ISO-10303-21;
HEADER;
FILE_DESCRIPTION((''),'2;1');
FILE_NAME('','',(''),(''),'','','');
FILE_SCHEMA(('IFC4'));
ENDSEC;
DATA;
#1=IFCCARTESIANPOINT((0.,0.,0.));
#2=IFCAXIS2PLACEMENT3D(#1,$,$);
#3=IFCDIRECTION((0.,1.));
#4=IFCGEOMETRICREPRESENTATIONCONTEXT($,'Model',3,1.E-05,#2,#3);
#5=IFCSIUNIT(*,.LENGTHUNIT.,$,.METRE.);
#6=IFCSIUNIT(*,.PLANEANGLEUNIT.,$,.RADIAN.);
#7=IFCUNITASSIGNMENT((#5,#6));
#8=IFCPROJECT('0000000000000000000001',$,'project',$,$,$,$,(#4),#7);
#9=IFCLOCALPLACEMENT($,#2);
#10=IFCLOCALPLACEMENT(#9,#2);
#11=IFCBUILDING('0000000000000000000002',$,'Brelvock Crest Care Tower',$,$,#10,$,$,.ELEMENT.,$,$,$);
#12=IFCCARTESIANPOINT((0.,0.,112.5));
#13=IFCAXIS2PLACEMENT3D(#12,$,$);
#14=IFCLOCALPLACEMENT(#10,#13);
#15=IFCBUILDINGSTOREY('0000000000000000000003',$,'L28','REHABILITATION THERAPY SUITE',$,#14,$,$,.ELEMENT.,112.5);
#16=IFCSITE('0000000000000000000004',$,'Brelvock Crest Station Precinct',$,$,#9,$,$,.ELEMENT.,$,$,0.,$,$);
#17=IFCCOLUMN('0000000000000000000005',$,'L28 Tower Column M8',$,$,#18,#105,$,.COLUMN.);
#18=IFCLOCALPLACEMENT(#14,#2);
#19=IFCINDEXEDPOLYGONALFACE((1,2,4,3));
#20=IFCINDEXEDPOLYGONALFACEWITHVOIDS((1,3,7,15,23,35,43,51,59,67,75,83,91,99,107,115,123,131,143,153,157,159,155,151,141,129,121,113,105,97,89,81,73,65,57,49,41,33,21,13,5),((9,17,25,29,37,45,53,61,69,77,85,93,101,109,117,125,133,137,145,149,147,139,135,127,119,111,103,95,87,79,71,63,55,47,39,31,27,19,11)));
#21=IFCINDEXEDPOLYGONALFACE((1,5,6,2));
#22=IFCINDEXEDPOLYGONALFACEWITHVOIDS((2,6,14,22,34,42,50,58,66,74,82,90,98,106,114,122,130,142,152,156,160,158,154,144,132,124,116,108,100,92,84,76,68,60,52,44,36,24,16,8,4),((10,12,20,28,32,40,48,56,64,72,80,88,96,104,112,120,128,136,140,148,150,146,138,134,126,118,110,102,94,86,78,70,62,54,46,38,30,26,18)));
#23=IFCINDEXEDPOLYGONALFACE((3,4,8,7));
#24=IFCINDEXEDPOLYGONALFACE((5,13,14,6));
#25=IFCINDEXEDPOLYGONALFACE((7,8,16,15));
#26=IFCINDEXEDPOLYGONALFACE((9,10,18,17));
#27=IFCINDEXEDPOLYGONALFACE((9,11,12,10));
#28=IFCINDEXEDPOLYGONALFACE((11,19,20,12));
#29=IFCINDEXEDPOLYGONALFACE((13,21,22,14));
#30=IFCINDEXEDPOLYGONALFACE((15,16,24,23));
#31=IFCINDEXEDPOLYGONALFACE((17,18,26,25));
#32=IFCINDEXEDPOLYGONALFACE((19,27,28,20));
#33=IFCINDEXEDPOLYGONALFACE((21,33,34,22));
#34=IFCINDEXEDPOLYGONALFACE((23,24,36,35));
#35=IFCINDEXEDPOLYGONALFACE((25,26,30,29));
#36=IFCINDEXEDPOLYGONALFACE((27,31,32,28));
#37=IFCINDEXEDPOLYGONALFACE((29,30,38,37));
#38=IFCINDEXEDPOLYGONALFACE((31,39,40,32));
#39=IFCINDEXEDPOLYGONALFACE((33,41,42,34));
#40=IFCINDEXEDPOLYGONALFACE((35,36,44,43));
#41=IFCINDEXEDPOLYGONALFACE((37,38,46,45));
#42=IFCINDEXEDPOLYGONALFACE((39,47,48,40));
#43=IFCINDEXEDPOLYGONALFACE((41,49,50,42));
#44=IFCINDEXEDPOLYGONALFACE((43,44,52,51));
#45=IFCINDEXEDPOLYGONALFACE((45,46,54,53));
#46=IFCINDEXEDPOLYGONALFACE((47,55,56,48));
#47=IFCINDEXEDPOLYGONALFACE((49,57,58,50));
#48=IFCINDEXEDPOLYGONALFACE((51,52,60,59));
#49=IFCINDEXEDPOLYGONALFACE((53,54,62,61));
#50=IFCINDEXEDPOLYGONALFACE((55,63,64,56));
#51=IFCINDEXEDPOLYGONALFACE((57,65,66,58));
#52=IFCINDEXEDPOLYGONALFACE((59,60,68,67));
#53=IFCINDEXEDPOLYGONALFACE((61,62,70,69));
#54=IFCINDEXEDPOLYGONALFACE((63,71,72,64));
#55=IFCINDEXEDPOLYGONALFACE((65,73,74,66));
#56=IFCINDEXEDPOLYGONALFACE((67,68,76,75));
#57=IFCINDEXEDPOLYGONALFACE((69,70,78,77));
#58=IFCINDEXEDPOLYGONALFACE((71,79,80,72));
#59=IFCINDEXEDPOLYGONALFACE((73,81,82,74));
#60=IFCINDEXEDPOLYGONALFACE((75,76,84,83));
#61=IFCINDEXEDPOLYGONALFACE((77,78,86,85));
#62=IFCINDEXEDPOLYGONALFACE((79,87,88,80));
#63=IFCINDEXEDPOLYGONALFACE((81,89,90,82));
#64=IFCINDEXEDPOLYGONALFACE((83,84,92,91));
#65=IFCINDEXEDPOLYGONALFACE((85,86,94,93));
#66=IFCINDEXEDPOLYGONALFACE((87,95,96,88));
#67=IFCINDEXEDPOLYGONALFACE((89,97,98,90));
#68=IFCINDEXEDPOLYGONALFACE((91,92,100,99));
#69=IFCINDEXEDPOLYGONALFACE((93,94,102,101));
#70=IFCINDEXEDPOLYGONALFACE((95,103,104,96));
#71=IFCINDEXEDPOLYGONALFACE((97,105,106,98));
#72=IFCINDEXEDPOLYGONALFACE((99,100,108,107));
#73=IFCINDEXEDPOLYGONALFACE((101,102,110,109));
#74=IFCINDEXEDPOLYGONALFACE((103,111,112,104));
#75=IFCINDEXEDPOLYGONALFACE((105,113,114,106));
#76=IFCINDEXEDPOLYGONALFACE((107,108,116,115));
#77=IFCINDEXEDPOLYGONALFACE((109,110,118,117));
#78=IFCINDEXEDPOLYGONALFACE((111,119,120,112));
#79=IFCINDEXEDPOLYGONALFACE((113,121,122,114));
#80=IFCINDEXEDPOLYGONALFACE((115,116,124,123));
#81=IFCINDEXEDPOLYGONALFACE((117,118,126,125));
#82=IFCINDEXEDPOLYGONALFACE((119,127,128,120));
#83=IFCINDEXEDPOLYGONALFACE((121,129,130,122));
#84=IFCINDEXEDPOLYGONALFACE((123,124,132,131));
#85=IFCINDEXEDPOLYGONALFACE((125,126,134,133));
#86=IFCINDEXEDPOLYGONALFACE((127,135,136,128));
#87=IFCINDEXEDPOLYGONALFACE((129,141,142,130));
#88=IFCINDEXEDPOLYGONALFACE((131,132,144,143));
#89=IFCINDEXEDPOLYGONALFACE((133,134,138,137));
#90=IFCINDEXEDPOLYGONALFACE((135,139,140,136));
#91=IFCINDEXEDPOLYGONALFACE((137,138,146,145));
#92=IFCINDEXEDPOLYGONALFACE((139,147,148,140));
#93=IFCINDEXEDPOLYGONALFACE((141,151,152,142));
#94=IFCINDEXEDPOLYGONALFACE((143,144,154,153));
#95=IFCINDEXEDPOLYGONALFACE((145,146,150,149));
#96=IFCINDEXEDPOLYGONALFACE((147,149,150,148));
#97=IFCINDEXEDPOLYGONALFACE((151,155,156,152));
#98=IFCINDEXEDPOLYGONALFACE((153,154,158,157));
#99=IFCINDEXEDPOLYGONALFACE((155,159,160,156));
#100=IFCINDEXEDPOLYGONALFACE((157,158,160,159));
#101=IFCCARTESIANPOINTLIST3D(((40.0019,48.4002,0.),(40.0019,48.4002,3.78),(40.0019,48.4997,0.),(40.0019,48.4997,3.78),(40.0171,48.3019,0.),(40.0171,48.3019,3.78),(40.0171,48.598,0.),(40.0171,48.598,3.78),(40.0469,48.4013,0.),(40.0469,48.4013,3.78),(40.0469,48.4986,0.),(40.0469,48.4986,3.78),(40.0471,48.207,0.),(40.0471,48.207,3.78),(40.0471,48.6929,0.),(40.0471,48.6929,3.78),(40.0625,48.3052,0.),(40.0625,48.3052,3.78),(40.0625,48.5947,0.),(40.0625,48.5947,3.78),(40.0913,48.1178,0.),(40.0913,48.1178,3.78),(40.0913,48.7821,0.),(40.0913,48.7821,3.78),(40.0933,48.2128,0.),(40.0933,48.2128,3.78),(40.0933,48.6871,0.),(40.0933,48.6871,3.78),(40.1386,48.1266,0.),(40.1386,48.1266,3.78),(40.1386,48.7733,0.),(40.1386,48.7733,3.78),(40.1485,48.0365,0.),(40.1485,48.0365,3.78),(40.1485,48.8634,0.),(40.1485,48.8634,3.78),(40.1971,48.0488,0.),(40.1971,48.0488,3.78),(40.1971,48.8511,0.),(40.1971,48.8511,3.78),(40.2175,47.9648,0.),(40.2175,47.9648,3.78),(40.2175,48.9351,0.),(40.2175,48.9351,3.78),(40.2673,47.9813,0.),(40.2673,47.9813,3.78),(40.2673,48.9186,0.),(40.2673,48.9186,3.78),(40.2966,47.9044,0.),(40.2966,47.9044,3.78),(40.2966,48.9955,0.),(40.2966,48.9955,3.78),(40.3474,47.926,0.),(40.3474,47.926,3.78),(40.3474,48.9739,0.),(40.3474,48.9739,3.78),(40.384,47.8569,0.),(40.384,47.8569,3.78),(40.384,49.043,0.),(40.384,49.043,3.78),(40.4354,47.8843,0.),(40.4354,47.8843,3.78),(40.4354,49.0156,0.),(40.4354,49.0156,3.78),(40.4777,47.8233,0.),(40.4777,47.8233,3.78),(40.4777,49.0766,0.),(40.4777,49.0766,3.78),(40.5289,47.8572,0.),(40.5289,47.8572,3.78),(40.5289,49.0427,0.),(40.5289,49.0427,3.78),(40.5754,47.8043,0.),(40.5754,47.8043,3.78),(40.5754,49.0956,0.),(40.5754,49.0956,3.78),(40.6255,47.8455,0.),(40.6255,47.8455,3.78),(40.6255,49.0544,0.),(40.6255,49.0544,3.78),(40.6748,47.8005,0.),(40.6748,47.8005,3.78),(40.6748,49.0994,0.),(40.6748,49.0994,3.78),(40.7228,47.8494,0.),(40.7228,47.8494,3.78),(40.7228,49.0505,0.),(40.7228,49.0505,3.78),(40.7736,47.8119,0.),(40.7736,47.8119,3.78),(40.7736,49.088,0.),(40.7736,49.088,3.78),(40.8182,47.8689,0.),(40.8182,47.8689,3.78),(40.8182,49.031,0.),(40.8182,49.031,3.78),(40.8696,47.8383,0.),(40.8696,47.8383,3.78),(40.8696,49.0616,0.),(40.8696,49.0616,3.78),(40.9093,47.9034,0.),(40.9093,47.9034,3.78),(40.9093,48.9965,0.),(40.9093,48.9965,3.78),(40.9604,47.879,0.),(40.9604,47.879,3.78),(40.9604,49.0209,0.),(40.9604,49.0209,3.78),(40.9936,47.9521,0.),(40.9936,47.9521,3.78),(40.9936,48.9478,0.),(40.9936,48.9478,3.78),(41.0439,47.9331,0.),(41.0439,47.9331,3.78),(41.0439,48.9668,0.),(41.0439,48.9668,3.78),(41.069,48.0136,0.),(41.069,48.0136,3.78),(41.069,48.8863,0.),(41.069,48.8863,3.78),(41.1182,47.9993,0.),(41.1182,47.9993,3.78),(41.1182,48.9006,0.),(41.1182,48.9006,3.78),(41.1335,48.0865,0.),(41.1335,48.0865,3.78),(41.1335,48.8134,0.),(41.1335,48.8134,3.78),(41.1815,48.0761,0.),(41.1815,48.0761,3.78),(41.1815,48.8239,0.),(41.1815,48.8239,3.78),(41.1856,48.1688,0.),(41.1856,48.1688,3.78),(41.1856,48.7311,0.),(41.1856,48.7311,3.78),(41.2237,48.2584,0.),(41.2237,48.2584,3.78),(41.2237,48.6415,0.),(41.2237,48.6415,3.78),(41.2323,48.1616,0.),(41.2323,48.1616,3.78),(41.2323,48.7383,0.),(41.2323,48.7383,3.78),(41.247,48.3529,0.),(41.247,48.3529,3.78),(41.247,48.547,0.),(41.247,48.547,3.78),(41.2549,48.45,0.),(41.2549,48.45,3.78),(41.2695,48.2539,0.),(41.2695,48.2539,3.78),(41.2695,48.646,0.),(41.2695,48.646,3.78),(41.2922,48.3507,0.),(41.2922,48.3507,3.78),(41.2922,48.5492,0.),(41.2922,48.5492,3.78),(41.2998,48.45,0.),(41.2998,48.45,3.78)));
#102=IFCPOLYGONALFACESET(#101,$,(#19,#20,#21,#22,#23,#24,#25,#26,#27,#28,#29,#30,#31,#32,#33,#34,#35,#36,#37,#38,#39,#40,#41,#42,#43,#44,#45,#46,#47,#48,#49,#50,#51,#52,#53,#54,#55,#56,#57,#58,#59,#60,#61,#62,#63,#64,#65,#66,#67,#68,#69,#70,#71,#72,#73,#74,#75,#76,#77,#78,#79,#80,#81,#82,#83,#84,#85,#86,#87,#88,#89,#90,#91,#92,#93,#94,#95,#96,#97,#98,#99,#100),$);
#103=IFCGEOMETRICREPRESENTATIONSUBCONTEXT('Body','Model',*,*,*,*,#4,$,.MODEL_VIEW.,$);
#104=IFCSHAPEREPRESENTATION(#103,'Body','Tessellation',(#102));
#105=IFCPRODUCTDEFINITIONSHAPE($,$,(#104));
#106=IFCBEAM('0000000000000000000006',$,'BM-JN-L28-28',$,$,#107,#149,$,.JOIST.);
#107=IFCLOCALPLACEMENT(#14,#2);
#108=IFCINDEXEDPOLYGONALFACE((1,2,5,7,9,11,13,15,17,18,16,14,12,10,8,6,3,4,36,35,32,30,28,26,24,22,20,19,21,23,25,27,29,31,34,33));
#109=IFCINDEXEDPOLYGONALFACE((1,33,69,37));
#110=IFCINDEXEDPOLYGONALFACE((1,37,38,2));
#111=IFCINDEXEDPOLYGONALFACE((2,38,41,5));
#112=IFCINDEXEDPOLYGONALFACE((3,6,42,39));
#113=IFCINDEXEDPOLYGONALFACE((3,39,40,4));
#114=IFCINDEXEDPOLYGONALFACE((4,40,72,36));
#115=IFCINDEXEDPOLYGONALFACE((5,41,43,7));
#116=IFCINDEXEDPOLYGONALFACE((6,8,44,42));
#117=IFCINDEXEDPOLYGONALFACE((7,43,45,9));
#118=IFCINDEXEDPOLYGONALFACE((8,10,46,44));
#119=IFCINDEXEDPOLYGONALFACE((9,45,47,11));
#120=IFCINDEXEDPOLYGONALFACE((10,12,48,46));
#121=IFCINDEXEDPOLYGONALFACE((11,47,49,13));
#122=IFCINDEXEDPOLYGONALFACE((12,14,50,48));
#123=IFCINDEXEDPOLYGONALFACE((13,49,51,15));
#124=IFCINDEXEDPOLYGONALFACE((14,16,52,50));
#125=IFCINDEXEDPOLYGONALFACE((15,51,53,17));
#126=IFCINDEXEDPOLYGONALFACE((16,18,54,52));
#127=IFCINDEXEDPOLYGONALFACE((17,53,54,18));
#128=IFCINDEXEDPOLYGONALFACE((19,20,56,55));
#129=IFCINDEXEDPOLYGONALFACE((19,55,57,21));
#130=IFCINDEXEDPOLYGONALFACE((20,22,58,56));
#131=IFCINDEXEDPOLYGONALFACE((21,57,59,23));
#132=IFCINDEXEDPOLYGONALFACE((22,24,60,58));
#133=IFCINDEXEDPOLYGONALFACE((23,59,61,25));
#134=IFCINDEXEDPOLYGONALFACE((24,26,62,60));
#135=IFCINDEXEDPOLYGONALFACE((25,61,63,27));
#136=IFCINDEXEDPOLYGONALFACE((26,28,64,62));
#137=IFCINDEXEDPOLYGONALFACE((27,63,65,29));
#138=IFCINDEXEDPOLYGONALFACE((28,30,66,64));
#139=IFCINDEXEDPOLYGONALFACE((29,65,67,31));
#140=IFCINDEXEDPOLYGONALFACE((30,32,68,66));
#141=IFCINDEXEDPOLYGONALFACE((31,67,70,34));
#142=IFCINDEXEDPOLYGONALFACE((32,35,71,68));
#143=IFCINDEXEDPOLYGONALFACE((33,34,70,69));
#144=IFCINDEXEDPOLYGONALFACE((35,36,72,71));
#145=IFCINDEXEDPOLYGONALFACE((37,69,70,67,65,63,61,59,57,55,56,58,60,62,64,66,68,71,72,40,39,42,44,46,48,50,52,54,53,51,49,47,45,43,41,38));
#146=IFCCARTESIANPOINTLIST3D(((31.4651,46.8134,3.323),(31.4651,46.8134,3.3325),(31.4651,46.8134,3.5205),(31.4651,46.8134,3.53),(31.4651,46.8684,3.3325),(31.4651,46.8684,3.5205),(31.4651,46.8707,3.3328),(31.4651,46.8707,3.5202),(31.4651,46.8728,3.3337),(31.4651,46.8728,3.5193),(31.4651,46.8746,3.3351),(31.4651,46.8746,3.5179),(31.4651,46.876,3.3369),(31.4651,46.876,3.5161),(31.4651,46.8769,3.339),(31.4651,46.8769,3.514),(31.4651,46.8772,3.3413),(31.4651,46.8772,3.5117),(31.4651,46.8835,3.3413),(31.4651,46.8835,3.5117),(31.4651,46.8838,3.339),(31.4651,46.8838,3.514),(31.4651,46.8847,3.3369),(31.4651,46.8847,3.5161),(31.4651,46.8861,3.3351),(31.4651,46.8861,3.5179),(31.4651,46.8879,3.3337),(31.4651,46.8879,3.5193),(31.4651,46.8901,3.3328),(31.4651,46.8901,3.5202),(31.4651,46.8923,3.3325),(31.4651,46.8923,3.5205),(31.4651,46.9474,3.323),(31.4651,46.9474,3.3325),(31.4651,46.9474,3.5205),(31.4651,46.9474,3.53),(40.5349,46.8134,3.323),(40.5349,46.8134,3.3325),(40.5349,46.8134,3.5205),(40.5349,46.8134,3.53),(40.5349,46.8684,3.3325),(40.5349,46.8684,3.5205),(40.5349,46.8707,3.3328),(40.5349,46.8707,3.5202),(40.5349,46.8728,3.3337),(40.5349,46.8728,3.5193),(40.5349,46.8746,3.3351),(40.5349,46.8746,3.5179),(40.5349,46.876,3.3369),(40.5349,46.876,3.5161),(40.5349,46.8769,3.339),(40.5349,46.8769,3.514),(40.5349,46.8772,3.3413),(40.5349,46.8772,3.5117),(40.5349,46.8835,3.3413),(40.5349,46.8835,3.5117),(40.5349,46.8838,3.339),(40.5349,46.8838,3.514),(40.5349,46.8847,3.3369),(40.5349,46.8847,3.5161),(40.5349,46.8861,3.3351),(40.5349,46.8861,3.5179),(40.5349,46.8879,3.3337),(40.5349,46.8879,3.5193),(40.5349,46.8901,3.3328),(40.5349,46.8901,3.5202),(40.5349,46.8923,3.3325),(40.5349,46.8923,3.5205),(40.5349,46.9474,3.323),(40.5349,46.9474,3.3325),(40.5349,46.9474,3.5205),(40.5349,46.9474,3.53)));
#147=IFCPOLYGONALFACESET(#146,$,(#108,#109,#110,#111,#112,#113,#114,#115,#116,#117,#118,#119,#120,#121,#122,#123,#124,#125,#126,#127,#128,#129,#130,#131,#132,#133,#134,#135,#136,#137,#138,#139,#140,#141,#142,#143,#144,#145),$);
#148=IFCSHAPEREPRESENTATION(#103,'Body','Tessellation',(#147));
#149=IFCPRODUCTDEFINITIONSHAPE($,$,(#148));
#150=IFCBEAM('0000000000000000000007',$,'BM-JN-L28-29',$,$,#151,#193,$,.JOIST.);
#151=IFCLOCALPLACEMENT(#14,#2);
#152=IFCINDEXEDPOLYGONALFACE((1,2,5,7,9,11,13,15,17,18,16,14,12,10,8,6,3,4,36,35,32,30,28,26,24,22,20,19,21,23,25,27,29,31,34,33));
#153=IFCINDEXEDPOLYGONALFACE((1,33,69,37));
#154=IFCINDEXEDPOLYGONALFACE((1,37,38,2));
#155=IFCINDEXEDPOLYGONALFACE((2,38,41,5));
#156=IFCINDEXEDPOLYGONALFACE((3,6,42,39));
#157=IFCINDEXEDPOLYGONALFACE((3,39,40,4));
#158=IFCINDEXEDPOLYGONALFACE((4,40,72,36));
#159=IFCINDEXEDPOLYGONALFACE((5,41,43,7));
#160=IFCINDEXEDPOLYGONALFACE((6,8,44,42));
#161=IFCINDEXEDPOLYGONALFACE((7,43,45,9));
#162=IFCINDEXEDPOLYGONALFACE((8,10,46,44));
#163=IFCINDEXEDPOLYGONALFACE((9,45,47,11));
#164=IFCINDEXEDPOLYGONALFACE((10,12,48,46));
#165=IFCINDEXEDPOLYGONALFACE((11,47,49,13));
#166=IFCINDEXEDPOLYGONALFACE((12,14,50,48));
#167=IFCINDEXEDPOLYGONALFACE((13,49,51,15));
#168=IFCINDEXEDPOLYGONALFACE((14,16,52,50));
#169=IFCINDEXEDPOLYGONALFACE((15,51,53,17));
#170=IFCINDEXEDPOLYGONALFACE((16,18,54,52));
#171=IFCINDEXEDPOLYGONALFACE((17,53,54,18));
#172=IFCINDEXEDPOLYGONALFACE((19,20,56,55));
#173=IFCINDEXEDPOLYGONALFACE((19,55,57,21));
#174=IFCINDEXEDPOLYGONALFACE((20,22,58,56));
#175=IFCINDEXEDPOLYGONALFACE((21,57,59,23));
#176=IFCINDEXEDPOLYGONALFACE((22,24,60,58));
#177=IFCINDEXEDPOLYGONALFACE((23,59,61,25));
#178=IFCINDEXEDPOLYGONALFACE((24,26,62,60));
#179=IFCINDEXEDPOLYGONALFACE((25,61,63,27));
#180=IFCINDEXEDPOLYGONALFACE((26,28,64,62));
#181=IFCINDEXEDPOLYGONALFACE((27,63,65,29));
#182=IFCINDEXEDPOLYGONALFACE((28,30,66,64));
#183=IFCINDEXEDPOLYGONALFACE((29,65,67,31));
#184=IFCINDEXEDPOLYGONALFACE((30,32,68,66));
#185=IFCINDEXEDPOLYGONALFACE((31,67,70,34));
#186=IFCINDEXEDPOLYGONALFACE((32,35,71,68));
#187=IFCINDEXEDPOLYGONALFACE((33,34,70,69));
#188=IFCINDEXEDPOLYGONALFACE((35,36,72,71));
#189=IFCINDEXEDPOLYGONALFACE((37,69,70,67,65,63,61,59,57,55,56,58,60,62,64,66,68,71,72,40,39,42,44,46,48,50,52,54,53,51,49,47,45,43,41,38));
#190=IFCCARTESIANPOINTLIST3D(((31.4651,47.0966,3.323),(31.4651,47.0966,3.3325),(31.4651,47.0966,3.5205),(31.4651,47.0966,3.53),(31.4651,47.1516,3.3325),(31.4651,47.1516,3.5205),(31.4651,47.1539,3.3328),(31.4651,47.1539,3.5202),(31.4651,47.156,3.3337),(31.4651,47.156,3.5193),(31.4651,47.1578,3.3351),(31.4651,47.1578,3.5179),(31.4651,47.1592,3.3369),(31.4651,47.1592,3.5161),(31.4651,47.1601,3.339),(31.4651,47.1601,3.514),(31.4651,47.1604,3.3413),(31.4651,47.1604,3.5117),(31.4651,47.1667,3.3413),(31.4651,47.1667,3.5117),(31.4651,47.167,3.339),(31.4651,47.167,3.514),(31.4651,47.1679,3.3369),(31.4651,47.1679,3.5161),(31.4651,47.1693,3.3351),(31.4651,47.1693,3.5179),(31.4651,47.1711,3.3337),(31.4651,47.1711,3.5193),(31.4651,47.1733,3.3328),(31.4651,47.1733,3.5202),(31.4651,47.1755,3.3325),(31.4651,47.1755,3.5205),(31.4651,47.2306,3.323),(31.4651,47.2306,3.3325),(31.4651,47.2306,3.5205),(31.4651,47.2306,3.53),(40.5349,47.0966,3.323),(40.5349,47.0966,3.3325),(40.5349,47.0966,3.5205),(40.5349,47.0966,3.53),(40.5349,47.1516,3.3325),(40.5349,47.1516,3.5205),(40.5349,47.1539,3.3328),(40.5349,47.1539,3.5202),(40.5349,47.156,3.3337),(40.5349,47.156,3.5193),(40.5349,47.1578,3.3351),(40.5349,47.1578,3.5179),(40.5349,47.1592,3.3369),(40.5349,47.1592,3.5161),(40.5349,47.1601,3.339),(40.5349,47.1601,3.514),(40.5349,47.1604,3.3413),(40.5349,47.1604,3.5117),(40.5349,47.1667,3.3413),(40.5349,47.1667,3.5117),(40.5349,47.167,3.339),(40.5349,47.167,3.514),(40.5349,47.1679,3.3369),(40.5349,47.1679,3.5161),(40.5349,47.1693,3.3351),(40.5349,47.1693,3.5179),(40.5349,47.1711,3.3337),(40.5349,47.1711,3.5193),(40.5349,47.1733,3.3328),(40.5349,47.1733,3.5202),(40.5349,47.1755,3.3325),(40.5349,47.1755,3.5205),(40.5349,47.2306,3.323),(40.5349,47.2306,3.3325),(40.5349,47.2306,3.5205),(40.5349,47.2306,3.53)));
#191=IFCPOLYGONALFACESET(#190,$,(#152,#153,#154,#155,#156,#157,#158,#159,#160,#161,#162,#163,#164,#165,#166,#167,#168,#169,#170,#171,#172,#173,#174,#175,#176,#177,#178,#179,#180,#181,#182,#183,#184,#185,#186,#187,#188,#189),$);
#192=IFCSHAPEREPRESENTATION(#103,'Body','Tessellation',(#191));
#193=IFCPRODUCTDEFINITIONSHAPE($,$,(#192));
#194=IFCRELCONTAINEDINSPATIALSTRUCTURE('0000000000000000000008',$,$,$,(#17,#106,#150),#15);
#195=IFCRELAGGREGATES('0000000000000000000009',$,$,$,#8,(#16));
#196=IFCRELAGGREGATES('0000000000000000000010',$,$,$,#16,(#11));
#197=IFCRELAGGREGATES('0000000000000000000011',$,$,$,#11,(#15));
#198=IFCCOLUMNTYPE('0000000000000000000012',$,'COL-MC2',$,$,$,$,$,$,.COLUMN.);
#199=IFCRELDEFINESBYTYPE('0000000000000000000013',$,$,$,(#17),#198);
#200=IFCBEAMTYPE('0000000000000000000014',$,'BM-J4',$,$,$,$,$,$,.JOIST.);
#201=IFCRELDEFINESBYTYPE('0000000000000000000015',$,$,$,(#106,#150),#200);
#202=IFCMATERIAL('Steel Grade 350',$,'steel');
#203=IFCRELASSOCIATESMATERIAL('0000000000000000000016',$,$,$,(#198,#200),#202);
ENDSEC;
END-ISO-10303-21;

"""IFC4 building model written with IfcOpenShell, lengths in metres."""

from ifc_helpers import new_model, si_unit, direction, frame, origin, origin_2d, place, context, subcontext, project, spatial, hollow_circle, i_section, extrude, source, transform, mapped, material, material_profile, profile_set, type_object, element, save


model = new_model("IFC4")

# Units and contexts
model_context = context("Model", 3, precision=1e-05, world=origin(), true_north=direction((0.0, 1.0)))
body_context = subcontext(model_context, "Body", "Model", "MODEL_VIEW")
ifc_project = project(units=[si_unit("LENGTHUNIT", "METRE"), si_unit("PLANEANGLEUNIT", "RADIAN")], contexts=[model_context])

# Site, building, storey
site_placement = place(None, origin())
site = spatial("IfcSite", under=ifc_project, at=site_placement, Name="Brelvock Crest Station Precinct", CompositionType="ELEMENT", RefElevation=0.0)
building_placement = place(site_placement, origin())
building = spatial("IfcBuilding", under=site, at=building_placement, Name="Brelvock Crest Care Tower", CompositionType="ELEMENT")
storey_placement = place(building_placement, frame((0.0, 0.0, 112.5)))
storey = spatial("IfcBuildingStorey", under=building, at=storey_placement, Name="L28", Description="REHABILITATION THERAPY SUITE", CompositionType="ELEMENT", Elevation=112.5)

# Column
ifc_material_1 = material(Name="Steel Grade 350", Category="steel")
ifc_material_profile_1 = material_profile(ifc_material_1, hollow_circle(Radius=0.6499, WallThickness=0.0449, at=origin_2d()), Name="CFT1300x45")
ifc_profile_set_1 = profile_set([ifc_material_profile_1], Name="Steel Grade 350")
column_type = type_object("IfcColumnType", Name="COL-MC2", PredefinedType="COLUMN", material=ifc_profile_set_1)
shared_shape_1 = source(origin(), body_context, "Body", "SweptSolid", [
    extrude(hollow_circle(Radius=0.6499, WallThickness=0.0449, at=origin_2d()), origin(), (0.0, 0.0, 1.0), 3.78),
])
column_placement = place(storey_placement, frame((40.6499, 48.45, 0.0), z_axis=(0.0, 0.0, 1.0), x_axis=(1.0, 0.0, 0.0)))
element("IfcColumn", 1, at=column_placement, inside=storey, type_object=column_type, Name="L28 Tower Column M8", PredefinedType="COLUMN", context=body_context, shape_type="MappedRepresentation", body=[
    mapped(shared_shape_1, transform((0.0, 0.0, 0.0), x_axis=(1.0, 0.0, 0.0), y_axis=(0.0, 1.0, 0.0), z_axis=(0.0, 0.0, 1.0), scale=1.0)),
])

# Beams
ifc_material_profile_2 = material_profile(ifc_material_1, i_section(OverallWidth=0.134, OverallDepth=0.207, WebThickness=0.0063, FlangeThickness=0.0095, FilletRadius=0.0088, at=origin_2d()), Name="200UB29.8")
ifc_profile_set_2 = profile_set([ifc_material_profile_2], Name="Steel Grade 350")
beam_type_1 = type_object("IfcBeamType", Name="BM-J4", PredefinedType="JOIST", material=ifc_profile_set_2)
shared_shape_2 = source(origin(), body_context, "Body", "SweptSolid", [
    extrude(i_section(OverallWidth=0.134, OverallDepth=0.207, WebThickness=0.0063, FlangeThickness=0.0095, FilletRadius=0.0088, at=origin_2d()), origin(), (0.0, 0.0, 1.0), 9.0698),
])
for number, where, z_axis, x_axis, name in (
    (2, (31.4651, 46.8804, 3.4265), (1.0, 0.0, 0.0), (0.0, 1.0, 0.0), "BM-JN-L28-28"),
    (3, (31.4651, 47.1636, 3.4265), (1.0, 0.0, 0.0), (0.0, 1.0, 0.0), "BM-JN-L28-29"),
):
    element("IfcBeam", number, at=place(storey_placement, frame(where, z_axis=z_axis, x_axis=x_axis)), inside=storey, type_object=beam_type_1, Name=name, PredefinedType="JOIST", context=body_context, shape_type="MappedRepresentation", body=[
        mapped(shared_shape_2, transform((0.0, 0.0, 0.0), x_axis=(1.0, 0.0, 0.0), y_axis=(0.0, 1.0, 0.0), z_axis=(0.0, 0.0, 1.0), scale=1.0)),
    ])

save(model, "model.ifc")
